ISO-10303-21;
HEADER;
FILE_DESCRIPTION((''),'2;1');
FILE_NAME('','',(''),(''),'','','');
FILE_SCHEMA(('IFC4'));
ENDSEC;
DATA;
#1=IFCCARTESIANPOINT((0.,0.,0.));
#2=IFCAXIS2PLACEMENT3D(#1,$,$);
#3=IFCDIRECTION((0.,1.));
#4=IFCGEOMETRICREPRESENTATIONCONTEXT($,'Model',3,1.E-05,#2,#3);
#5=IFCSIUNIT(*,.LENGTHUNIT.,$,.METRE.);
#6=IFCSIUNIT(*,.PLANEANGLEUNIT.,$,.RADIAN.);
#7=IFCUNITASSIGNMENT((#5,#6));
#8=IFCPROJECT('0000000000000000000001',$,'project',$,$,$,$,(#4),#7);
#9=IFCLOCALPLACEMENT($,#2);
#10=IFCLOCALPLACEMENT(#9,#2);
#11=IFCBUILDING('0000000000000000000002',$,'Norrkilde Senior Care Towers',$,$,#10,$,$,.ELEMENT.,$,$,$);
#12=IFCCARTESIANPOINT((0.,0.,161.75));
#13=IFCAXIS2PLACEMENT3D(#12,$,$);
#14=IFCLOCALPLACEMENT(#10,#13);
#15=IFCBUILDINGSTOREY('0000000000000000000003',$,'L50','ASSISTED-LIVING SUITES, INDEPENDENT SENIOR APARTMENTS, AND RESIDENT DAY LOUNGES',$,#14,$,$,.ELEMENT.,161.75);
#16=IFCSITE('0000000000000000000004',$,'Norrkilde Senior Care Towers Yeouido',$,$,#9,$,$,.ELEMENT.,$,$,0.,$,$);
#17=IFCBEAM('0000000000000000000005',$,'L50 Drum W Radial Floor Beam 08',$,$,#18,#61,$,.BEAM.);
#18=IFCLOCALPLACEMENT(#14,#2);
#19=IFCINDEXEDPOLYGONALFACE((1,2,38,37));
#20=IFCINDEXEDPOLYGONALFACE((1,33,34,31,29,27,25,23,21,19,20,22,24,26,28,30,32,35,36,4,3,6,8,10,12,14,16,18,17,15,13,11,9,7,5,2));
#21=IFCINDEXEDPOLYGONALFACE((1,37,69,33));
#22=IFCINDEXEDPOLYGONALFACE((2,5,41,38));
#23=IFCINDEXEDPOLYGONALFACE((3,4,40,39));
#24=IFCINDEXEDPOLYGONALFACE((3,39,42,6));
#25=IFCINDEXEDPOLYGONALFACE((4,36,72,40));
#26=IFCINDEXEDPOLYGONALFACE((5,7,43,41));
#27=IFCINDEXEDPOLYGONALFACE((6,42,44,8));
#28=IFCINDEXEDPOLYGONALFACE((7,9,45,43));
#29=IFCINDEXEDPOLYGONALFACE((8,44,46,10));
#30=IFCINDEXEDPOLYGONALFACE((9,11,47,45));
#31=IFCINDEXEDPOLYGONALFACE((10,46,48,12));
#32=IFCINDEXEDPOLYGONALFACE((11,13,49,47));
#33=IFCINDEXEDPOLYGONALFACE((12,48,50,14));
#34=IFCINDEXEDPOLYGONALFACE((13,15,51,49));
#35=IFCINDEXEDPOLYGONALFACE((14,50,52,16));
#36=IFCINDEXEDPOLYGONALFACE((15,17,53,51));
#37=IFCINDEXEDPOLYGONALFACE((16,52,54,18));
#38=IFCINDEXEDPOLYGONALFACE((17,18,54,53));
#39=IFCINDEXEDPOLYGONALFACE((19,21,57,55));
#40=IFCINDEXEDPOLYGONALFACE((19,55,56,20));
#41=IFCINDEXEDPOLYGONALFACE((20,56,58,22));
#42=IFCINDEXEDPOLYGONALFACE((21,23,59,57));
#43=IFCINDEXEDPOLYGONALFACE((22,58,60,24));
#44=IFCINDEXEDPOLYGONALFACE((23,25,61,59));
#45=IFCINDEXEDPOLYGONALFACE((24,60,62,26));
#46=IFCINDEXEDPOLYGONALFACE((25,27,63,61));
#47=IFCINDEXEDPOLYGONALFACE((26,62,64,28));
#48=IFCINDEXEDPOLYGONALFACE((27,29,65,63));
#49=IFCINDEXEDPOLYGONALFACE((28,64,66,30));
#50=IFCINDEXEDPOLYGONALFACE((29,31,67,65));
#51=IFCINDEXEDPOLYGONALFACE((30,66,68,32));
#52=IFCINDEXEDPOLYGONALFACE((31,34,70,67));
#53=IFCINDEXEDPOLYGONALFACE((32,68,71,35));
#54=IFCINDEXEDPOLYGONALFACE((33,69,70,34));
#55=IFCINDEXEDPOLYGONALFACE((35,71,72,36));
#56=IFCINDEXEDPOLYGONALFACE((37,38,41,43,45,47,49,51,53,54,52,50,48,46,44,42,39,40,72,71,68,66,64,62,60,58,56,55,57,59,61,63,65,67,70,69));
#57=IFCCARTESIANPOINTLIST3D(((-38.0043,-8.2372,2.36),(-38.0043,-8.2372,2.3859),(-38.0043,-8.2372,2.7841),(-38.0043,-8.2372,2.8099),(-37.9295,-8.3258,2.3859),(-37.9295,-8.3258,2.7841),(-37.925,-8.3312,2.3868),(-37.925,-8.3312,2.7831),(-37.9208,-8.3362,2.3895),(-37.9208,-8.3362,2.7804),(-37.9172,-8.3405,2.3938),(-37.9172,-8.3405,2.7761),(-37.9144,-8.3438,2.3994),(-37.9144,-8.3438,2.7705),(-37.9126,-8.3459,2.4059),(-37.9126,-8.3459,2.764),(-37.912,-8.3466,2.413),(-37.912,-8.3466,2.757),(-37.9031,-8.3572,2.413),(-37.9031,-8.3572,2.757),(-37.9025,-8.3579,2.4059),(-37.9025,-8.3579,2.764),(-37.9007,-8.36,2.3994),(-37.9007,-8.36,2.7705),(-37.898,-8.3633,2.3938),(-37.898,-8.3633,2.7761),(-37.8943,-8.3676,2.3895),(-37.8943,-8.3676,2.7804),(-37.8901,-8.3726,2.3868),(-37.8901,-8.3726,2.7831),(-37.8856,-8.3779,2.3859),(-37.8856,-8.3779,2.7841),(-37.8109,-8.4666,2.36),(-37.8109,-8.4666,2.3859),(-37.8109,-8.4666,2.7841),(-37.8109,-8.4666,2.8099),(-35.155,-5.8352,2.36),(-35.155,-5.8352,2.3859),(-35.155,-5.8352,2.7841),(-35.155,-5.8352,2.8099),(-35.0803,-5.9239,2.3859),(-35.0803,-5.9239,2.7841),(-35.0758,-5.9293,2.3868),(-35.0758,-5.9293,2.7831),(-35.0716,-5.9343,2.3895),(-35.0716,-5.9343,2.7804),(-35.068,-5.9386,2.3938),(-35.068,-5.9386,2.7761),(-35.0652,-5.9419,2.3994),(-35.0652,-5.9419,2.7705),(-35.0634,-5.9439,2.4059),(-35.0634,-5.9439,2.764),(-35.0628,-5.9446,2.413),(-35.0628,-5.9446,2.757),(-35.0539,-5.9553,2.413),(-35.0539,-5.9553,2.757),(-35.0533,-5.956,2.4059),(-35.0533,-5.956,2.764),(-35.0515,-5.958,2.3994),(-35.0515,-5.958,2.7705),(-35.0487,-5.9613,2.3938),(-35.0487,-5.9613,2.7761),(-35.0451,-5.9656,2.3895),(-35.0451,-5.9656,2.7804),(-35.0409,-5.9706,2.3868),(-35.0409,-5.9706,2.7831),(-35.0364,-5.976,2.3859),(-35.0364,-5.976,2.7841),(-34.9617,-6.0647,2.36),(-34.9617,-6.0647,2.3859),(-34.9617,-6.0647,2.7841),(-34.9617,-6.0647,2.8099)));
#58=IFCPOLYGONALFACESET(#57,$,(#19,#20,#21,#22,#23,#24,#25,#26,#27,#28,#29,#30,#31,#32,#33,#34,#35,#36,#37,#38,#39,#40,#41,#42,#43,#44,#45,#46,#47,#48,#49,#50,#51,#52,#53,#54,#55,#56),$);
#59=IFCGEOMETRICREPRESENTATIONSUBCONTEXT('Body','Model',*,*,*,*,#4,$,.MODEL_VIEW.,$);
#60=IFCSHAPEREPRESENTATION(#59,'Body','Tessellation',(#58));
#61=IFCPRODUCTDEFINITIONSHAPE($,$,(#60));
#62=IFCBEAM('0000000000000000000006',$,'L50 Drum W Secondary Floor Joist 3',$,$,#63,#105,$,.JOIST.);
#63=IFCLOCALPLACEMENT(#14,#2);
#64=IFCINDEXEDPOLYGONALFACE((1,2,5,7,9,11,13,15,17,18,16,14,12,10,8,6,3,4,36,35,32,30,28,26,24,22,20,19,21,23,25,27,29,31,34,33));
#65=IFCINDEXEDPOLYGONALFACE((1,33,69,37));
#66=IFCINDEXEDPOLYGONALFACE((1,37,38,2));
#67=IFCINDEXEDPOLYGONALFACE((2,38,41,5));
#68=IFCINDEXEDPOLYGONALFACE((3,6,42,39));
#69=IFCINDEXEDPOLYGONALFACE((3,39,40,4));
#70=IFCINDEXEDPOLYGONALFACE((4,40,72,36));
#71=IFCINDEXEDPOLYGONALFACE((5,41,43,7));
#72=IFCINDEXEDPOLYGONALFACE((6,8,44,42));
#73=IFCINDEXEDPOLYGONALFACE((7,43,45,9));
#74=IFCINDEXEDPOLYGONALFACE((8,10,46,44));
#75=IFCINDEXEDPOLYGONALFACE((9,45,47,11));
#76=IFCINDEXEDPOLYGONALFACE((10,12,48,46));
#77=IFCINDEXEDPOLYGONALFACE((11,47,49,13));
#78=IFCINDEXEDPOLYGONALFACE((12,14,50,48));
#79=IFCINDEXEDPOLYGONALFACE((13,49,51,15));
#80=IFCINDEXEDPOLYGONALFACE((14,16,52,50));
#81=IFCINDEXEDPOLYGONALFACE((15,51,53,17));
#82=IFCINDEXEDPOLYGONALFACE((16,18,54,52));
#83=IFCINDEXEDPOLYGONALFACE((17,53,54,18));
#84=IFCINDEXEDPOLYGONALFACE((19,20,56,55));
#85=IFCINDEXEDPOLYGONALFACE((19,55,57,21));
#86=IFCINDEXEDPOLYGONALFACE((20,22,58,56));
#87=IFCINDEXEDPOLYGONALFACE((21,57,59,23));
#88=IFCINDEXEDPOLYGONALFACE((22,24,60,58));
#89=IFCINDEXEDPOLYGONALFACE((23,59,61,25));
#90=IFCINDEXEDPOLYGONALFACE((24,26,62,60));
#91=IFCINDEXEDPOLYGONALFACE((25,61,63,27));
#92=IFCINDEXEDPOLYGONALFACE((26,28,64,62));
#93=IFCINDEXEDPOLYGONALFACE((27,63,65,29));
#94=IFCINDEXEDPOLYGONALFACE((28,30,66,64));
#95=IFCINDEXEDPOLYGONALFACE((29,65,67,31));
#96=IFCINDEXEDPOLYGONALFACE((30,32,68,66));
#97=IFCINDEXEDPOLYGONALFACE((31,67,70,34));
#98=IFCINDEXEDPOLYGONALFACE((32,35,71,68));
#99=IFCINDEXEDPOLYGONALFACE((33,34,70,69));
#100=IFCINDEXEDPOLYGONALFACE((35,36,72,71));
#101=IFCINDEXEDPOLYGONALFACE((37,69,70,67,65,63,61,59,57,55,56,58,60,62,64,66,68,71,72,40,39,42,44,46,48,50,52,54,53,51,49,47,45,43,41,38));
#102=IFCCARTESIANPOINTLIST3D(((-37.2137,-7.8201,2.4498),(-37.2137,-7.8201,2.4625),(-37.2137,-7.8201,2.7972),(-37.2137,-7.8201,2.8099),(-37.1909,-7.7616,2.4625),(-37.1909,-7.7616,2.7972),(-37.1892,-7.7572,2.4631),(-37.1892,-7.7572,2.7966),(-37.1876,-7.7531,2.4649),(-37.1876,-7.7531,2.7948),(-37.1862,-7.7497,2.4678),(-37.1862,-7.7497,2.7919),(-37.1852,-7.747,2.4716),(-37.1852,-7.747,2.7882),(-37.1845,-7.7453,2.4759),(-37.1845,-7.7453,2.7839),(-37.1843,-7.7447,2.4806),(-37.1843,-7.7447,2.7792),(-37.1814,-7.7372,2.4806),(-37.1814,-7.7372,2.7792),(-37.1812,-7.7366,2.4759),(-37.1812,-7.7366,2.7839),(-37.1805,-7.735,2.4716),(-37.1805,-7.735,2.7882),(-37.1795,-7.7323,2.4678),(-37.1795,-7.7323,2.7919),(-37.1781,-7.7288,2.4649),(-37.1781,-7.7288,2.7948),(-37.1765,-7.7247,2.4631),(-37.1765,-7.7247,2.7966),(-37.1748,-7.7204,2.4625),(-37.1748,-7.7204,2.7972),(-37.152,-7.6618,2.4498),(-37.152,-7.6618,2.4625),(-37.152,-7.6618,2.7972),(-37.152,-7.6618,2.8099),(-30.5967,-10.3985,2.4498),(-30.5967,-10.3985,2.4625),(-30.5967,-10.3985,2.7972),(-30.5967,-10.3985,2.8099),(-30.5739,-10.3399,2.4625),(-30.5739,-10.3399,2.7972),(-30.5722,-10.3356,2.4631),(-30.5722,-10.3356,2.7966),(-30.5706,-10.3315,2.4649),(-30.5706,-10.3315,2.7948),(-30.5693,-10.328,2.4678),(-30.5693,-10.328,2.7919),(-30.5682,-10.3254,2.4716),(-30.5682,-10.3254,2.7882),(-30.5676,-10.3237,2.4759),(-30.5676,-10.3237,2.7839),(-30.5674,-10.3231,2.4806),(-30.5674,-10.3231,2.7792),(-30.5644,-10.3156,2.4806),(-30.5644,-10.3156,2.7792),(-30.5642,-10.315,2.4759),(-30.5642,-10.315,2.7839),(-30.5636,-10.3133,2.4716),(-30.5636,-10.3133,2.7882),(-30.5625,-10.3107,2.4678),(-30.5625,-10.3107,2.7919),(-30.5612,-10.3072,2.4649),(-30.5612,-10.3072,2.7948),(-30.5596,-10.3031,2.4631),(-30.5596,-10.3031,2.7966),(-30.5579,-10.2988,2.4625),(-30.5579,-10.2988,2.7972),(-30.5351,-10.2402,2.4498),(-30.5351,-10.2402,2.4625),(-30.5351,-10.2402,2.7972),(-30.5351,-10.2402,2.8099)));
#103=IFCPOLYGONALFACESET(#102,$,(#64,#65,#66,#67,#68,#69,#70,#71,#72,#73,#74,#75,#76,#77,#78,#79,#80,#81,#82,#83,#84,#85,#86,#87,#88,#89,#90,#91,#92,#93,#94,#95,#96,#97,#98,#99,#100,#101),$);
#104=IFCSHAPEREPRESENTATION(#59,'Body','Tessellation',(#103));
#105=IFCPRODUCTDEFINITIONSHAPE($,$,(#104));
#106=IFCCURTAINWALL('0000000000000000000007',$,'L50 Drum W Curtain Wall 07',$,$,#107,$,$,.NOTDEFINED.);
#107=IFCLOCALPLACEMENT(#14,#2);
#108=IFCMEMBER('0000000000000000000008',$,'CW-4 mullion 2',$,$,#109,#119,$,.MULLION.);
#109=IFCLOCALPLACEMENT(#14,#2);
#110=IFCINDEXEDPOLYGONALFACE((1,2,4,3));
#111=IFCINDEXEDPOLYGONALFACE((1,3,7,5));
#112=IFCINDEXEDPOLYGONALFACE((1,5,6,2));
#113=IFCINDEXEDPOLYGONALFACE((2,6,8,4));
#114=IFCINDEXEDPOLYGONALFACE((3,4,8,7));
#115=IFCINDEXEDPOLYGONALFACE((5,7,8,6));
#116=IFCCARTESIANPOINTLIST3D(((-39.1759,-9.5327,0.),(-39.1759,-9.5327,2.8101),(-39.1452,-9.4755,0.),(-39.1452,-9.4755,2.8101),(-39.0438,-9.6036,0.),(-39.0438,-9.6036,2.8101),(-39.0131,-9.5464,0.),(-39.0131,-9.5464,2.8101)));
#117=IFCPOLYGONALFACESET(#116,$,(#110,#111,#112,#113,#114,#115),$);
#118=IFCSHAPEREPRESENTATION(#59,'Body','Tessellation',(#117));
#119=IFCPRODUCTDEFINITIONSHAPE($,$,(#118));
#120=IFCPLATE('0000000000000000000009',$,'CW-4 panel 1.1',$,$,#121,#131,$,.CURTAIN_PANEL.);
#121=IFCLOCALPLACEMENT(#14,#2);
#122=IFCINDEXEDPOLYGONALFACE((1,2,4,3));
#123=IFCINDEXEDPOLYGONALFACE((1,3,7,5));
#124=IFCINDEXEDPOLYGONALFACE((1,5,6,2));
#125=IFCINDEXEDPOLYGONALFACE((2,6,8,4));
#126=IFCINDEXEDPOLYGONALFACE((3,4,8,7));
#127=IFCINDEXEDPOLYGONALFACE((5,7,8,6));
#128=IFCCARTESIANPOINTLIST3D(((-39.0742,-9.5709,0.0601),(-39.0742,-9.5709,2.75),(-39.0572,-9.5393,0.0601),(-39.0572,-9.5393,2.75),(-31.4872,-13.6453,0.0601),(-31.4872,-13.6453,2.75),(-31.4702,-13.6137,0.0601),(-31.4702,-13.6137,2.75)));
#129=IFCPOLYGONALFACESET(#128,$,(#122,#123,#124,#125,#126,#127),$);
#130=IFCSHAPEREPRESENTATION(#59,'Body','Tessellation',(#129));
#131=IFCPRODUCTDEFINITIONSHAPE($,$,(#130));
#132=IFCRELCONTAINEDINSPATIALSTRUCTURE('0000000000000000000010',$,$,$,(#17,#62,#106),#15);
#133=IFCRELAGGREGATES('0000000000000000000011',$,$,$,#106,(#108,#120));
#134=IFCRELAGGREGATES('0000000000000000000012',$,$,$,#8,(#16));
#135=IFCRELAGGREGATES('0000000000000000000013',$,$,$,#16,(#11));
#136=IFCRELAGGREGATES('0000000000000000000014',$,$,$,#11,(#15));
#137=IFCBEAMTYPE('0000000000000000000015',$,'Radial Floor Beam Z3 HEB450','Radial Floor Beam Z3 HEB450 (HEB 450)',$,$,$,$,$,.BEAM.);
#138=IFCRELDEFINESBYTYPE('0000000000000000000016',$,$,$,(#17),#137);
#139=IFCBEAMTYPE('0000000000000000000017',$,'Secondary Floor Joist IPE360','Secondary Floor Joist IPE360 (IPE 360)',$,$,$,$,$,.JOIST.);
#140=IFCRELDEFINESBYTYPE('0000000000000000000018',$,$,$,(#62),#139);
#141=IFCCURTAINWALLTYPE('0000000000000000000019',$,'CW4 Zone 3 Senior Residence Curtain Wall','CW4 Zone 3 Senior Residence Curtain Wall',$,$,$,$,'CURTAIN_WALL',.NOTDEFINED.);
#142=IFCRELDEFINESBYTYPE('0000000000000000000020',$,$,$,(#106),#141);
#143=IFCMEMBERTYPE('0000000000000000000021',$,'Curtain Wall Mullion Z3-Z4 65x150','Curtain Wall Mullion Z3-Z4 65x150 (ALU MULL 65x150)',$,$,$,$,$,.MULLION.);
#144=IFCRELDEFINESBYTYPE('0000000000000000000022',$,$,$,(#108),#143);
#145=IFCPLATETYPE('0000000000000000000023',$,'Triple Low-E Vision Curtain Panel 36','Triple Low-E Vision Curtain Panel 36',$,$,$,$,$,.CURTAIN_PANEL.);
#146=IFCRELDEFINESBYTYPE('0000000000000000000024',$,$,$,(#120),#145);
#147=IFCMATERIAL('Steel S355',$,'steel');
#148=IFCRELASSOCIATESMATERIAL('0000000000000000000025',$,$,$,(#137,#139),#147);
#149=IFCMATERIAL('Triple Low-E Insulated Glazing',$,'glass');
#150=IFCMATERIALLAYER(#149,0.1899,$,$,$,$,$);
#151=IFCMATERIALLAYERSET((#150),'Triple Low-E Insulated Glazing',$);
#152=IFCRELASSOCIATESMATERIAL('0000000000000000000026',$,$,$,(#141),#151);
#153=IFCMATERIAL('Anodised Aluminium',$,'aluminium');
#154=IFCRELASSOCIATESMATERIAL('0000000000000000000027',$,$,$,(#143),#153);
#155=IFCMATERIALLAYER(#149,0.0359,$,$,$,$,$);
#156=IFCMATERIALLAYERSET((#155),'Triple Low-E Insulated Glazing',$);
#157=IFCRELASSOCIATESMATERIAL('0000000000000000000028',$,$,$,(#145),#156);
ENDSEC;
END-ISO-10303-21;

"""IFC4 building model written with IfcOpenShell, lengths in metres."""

from ifc_helpers import new_model, si_unit, direction, frame, origin, origin_2d, place, context, subcontext, project, spatial, rectangle, i_section, extrude, source, transform, mapped, material, layer, layer_set, material_profile, profile_set, type_object, type_shapes, element, aggregate, save


model = new_model("IFC4")

# Units and contexts
model_context = context("Model", 3, precision=1e-05, world=origin(), true_north=direction((0.0, 1.0)))
body_context = subcontext(model_context, "Body", "Model", "MODEL_VIEW")
ifc_project = project(units=[si_unit("LENGTHUNIT", "METRE"), si_unit("PLANEANGLEUNIT", "RADIAN")], contexts=[model_context])

# Site, building, storey
site_placement = place(None, origin())
site = spatial("IfcSite", under=ifc_project, at=site_placement, Name="Norrkilde Senior Care Towers Yeouido", CompositionType="ELEMENT", RefElevation=0.0)
building_placement = place(site_placement, origin())
building = spatial("IfcBuilding", under=site, at=building_placement, Name="Norrkilde Senior Care Towers", CompositionType="ELEMENT")
storey_placement = place(building_placement, frame((0.0, 0.0, 161.75)))
storey = spatial("IfcBuildingStorey", under=building, at=storey_placement, Name="L50", Description="ASSISTED-LIVING SUITES, INDEPENDENT SENIOR APARTMENTS, AND RESIDENT DAY LOUNGES", CompositionType="ELEMENT", Elevation=161.75)

# Beams
ifc_material_1 = material(Name="Steel S355", Category="steel")
ifc_material_profile_1 = material_profile(ifc_material_1, i_section(OverallWidth=0.3, OverallDepth=0.45, WebThickness=0.0139, FlangeThickness=0.0259, FilletRadius=0.0271, at=origin_2d()), Name="HEB 450")
ifc_profile_set_1 = profile_set([ifc_material_profile_1], Name="Steel S355")
beam_type_1 = type_object("IfcBeamType", Name="Radial Floor Beam Z3 HEB450", Description="Radial Floor Beam Z3 HEB450 (HEB 450)", PredefinedType="BEAM", material=ifc_profile_set_1)
shared_shape_1 = source(origin(), body_context, "Body", "SweptSolid", [
    extrude(i_section(OverallWidth=0.3, OverallDepth=0.45, WebThickness=0.0139, FlangeThickness=0.0259, FilletRadius=0.0271, at=origin_2d()), origin(), (0.0, 0.0, 1.0), 3.7266),
])
type_shapes(beam_type_1, [shared_shape_1])
beam_1_placement = place(storey_placement, frame((-35.0583, -5.95, 2.585), z_axis=(-0.764568, -0.644543, 0.0), x_axis=(0.644543, -0.764568, 0.0)))
element("IfcBeam", 1, at=beam_1_placement, inside=storey, type_object=beam_type_1, Name="L50 Drum W Radial Floor Beam 08", PredefinedType="BEAM", context=body_context, shape_type="MappedRepresentation", body=[
    mapped(shared_shape_1, transform((0.0, 0.0, 0.0), x_axis=(1.0, 0.0, 0.0), y_axis=(0.0, 1.0, 0.0), z_axis=(0.0, 0.0, 1.0), scale=1.0)),
])
ifc_material_profile_2 = material_profile(ifc_material_1, i_section(OverallWidth=0.1699, OverallDepth=0.3601, WebThickness=0.0081, FlangeThickness=0.0127, FilletRadius=0.0181, at=origin_2d()), Name="IPE 360")
ifc_profile_set_2 = profile_set([ifc_material_profile_2], Name="Steel S355")
beam_type_2 = type_object("IfcBeamType", Name="Secondary Floor Joist IPE360", Description="Secondary Floor Joist IPE360 (IPE 360)", PredefinedType="JOIST", material=ifc_profile_set_2)
shared_shape_2 = source(origin(), body_context, "Body", "SweptSolid", [
    extrude(i_section(OverallWidth=0.1699, OverallDepth=0.3601, WebThickness=0.0081, FlangeThickness=0.0127, FilletRadius=0.0181, at=origin_2d()), origin(), (0.0, 0.0, 1.0), 7.1016),
])
type_shapes(beam_type_2, [shared_shape_2])
beam_2_placement = place(storey_placement, frame((-37.1829, -7.741, 2.6299), z_axis=(0.931761, -0.363072, 0.0), x_axis=(0.363072, 0.931761, 0.0)))
element("IfcBeam", 2, at=beam_2_placement, inside=storey, type_object=beam_type_2, Name="L50 Drum W Secondary Floor Joist 3", PredefinedType="JOIST", context=body_context, shape_type="MappedRepresentation", body=[
    mapped(shared_shape_2, transform((0.0, 0.0, 0.0), x_axis=(1.0, 0.0, 0.0), y_axis=(0.0, 1.0, 0.0), z_axis=(0.0, 0.0, 1.0), scale=1.0)),
])

# Curtain wall, member, plate
ifc_material_2 = material(Name="Triple Low-E Insulated Glazing", Category="glass")
ifc_layer_1 = layer(ifc_material_2, 0.1899)
ifc_layer_set_1 = layer_set([ifc_layer_1], Name="Triple Low-E Insulated Glazing")
curtain_wall_type = type_object("IfcCurtainWallType", Name="CW4 Zone 3 Senior Residence Curtain Wall", Description="CW4 Zone 3 Senior Residence Curtain Wall", ElementType="CURTAIN_WALL", PredefinedType="NOTDEFINED", material=ifc_layer_set_1)
curtain_wall_placement = place(storey_placement, origin())
curtain_wall = element("IfcCurtainWall", 3, at=curtain_wall_placement, inside=storey, type_object=curtain_wall_type, Name="L50 Drum W Curtain Wall 07", PredefinedType="NOTDEFINED")
ifc_material_3 = material(Name="Anodised Aluminium", Category="aluminium")
ifc_material_profile_3 = material_profile(ifc_material_3, rectangle(XDim=0.0649, YDim=0.1499, at=origin_2d()), Name="ALU MULL 65x150")
ifc_profile_set_3 = profile_set([ifc_material_profile_3], Name="Anodised Aluminium")
member_type = type_object("IfcMemberType", Name="Curtain Wall Mullion Z3-Z4 65x150", Description="Curtain Wall Mullion Z3-Z4 65x150 (ALU MULL 65x150)", PredefinedType="MULLION", material=ifc_profile_set_3)
shared_shape_3 = source(origin(), body_context, "Body", "SweptSolid", [
    extrude(rectangle(XDim=0.0649, YDim=0.1499, at=origin_2d()), origin(), (0.0, 0.0, 1.0), 2.8101),
])
type_shapes(member_type, [shared_shape_3])
member_placement = place(storey_placement, frame((-39.0945, -9.5396, 0.0), z_axis=(0.0, 0.0, 1.0), x_axis=(-0.473117, -0.881, 0.0)))
member = element("IfcMember", 4, at=member_placement, type_object=member_type, Name="CW-4 mullion 2", PredefinedType="MULLION", context=body_context, shape_type="MappedRepresentation", body=[
    mapped(shared_shape_3, transform((0.0, 0.0, 0.0), x_axis=(1.0, 0.0, 0.0), y_axis=(0.0, 1.0, 0.0), z_axis=(0.0, 0.0, 1.0), scale=1.0)),
])
ifc_layer_2 = layer(ifc_material_2, 0.0359)
ifc_layer_set_2 = layer_set([ifc_layer_2], Name="Triple Low-E Insulated Glazing")
plate_type = type_object("IfcPlateType", Name="Triple Low-E Vision Curtain Panel 36", Description="Triple Low-E Vision Curtain Panel 36", PredefinedType="CURTAIN_PANEL", material=ifc_layer_set_2)
shared_shape_4 = source(origin(), body_context, "Body", "SweptSolid", [
    extrude(rectangle(XDim=8.6118, YDim=0.0359, at=origin_2d()), origin(), (0.0, 0.0, 1.0), 2.6899),
])
type_shapes(plate_type, [shared_shape_4])
plate_placement = place(storey_placement, frame((-35.2722, -11.5923, 0.0601), z_axis=(0.0, 0.0, 1.0), x_axis=(-0.881, 0.473117, 0.0)))
plate = element("IfcPlate", 5, at=plate_placement, type_object=plate_type, Name="CW-4 panel 1.1", PredefinedType="CURTAIN_PANEL", context=body_context, shape_type="MappedRepresentation", body=[
    mapped(shared_shape_4, transform((0.0, 0.0, 0.0), x_axis=(1.0, 0.0, 0.0), y_axis=(0.0, 1.0, 0.0), z_axis=(0.0, 0.0, 1.0), scale=1.0)),
])
aggregate(curtain_wall, [member, plate])

save(model, "model.ifc")
